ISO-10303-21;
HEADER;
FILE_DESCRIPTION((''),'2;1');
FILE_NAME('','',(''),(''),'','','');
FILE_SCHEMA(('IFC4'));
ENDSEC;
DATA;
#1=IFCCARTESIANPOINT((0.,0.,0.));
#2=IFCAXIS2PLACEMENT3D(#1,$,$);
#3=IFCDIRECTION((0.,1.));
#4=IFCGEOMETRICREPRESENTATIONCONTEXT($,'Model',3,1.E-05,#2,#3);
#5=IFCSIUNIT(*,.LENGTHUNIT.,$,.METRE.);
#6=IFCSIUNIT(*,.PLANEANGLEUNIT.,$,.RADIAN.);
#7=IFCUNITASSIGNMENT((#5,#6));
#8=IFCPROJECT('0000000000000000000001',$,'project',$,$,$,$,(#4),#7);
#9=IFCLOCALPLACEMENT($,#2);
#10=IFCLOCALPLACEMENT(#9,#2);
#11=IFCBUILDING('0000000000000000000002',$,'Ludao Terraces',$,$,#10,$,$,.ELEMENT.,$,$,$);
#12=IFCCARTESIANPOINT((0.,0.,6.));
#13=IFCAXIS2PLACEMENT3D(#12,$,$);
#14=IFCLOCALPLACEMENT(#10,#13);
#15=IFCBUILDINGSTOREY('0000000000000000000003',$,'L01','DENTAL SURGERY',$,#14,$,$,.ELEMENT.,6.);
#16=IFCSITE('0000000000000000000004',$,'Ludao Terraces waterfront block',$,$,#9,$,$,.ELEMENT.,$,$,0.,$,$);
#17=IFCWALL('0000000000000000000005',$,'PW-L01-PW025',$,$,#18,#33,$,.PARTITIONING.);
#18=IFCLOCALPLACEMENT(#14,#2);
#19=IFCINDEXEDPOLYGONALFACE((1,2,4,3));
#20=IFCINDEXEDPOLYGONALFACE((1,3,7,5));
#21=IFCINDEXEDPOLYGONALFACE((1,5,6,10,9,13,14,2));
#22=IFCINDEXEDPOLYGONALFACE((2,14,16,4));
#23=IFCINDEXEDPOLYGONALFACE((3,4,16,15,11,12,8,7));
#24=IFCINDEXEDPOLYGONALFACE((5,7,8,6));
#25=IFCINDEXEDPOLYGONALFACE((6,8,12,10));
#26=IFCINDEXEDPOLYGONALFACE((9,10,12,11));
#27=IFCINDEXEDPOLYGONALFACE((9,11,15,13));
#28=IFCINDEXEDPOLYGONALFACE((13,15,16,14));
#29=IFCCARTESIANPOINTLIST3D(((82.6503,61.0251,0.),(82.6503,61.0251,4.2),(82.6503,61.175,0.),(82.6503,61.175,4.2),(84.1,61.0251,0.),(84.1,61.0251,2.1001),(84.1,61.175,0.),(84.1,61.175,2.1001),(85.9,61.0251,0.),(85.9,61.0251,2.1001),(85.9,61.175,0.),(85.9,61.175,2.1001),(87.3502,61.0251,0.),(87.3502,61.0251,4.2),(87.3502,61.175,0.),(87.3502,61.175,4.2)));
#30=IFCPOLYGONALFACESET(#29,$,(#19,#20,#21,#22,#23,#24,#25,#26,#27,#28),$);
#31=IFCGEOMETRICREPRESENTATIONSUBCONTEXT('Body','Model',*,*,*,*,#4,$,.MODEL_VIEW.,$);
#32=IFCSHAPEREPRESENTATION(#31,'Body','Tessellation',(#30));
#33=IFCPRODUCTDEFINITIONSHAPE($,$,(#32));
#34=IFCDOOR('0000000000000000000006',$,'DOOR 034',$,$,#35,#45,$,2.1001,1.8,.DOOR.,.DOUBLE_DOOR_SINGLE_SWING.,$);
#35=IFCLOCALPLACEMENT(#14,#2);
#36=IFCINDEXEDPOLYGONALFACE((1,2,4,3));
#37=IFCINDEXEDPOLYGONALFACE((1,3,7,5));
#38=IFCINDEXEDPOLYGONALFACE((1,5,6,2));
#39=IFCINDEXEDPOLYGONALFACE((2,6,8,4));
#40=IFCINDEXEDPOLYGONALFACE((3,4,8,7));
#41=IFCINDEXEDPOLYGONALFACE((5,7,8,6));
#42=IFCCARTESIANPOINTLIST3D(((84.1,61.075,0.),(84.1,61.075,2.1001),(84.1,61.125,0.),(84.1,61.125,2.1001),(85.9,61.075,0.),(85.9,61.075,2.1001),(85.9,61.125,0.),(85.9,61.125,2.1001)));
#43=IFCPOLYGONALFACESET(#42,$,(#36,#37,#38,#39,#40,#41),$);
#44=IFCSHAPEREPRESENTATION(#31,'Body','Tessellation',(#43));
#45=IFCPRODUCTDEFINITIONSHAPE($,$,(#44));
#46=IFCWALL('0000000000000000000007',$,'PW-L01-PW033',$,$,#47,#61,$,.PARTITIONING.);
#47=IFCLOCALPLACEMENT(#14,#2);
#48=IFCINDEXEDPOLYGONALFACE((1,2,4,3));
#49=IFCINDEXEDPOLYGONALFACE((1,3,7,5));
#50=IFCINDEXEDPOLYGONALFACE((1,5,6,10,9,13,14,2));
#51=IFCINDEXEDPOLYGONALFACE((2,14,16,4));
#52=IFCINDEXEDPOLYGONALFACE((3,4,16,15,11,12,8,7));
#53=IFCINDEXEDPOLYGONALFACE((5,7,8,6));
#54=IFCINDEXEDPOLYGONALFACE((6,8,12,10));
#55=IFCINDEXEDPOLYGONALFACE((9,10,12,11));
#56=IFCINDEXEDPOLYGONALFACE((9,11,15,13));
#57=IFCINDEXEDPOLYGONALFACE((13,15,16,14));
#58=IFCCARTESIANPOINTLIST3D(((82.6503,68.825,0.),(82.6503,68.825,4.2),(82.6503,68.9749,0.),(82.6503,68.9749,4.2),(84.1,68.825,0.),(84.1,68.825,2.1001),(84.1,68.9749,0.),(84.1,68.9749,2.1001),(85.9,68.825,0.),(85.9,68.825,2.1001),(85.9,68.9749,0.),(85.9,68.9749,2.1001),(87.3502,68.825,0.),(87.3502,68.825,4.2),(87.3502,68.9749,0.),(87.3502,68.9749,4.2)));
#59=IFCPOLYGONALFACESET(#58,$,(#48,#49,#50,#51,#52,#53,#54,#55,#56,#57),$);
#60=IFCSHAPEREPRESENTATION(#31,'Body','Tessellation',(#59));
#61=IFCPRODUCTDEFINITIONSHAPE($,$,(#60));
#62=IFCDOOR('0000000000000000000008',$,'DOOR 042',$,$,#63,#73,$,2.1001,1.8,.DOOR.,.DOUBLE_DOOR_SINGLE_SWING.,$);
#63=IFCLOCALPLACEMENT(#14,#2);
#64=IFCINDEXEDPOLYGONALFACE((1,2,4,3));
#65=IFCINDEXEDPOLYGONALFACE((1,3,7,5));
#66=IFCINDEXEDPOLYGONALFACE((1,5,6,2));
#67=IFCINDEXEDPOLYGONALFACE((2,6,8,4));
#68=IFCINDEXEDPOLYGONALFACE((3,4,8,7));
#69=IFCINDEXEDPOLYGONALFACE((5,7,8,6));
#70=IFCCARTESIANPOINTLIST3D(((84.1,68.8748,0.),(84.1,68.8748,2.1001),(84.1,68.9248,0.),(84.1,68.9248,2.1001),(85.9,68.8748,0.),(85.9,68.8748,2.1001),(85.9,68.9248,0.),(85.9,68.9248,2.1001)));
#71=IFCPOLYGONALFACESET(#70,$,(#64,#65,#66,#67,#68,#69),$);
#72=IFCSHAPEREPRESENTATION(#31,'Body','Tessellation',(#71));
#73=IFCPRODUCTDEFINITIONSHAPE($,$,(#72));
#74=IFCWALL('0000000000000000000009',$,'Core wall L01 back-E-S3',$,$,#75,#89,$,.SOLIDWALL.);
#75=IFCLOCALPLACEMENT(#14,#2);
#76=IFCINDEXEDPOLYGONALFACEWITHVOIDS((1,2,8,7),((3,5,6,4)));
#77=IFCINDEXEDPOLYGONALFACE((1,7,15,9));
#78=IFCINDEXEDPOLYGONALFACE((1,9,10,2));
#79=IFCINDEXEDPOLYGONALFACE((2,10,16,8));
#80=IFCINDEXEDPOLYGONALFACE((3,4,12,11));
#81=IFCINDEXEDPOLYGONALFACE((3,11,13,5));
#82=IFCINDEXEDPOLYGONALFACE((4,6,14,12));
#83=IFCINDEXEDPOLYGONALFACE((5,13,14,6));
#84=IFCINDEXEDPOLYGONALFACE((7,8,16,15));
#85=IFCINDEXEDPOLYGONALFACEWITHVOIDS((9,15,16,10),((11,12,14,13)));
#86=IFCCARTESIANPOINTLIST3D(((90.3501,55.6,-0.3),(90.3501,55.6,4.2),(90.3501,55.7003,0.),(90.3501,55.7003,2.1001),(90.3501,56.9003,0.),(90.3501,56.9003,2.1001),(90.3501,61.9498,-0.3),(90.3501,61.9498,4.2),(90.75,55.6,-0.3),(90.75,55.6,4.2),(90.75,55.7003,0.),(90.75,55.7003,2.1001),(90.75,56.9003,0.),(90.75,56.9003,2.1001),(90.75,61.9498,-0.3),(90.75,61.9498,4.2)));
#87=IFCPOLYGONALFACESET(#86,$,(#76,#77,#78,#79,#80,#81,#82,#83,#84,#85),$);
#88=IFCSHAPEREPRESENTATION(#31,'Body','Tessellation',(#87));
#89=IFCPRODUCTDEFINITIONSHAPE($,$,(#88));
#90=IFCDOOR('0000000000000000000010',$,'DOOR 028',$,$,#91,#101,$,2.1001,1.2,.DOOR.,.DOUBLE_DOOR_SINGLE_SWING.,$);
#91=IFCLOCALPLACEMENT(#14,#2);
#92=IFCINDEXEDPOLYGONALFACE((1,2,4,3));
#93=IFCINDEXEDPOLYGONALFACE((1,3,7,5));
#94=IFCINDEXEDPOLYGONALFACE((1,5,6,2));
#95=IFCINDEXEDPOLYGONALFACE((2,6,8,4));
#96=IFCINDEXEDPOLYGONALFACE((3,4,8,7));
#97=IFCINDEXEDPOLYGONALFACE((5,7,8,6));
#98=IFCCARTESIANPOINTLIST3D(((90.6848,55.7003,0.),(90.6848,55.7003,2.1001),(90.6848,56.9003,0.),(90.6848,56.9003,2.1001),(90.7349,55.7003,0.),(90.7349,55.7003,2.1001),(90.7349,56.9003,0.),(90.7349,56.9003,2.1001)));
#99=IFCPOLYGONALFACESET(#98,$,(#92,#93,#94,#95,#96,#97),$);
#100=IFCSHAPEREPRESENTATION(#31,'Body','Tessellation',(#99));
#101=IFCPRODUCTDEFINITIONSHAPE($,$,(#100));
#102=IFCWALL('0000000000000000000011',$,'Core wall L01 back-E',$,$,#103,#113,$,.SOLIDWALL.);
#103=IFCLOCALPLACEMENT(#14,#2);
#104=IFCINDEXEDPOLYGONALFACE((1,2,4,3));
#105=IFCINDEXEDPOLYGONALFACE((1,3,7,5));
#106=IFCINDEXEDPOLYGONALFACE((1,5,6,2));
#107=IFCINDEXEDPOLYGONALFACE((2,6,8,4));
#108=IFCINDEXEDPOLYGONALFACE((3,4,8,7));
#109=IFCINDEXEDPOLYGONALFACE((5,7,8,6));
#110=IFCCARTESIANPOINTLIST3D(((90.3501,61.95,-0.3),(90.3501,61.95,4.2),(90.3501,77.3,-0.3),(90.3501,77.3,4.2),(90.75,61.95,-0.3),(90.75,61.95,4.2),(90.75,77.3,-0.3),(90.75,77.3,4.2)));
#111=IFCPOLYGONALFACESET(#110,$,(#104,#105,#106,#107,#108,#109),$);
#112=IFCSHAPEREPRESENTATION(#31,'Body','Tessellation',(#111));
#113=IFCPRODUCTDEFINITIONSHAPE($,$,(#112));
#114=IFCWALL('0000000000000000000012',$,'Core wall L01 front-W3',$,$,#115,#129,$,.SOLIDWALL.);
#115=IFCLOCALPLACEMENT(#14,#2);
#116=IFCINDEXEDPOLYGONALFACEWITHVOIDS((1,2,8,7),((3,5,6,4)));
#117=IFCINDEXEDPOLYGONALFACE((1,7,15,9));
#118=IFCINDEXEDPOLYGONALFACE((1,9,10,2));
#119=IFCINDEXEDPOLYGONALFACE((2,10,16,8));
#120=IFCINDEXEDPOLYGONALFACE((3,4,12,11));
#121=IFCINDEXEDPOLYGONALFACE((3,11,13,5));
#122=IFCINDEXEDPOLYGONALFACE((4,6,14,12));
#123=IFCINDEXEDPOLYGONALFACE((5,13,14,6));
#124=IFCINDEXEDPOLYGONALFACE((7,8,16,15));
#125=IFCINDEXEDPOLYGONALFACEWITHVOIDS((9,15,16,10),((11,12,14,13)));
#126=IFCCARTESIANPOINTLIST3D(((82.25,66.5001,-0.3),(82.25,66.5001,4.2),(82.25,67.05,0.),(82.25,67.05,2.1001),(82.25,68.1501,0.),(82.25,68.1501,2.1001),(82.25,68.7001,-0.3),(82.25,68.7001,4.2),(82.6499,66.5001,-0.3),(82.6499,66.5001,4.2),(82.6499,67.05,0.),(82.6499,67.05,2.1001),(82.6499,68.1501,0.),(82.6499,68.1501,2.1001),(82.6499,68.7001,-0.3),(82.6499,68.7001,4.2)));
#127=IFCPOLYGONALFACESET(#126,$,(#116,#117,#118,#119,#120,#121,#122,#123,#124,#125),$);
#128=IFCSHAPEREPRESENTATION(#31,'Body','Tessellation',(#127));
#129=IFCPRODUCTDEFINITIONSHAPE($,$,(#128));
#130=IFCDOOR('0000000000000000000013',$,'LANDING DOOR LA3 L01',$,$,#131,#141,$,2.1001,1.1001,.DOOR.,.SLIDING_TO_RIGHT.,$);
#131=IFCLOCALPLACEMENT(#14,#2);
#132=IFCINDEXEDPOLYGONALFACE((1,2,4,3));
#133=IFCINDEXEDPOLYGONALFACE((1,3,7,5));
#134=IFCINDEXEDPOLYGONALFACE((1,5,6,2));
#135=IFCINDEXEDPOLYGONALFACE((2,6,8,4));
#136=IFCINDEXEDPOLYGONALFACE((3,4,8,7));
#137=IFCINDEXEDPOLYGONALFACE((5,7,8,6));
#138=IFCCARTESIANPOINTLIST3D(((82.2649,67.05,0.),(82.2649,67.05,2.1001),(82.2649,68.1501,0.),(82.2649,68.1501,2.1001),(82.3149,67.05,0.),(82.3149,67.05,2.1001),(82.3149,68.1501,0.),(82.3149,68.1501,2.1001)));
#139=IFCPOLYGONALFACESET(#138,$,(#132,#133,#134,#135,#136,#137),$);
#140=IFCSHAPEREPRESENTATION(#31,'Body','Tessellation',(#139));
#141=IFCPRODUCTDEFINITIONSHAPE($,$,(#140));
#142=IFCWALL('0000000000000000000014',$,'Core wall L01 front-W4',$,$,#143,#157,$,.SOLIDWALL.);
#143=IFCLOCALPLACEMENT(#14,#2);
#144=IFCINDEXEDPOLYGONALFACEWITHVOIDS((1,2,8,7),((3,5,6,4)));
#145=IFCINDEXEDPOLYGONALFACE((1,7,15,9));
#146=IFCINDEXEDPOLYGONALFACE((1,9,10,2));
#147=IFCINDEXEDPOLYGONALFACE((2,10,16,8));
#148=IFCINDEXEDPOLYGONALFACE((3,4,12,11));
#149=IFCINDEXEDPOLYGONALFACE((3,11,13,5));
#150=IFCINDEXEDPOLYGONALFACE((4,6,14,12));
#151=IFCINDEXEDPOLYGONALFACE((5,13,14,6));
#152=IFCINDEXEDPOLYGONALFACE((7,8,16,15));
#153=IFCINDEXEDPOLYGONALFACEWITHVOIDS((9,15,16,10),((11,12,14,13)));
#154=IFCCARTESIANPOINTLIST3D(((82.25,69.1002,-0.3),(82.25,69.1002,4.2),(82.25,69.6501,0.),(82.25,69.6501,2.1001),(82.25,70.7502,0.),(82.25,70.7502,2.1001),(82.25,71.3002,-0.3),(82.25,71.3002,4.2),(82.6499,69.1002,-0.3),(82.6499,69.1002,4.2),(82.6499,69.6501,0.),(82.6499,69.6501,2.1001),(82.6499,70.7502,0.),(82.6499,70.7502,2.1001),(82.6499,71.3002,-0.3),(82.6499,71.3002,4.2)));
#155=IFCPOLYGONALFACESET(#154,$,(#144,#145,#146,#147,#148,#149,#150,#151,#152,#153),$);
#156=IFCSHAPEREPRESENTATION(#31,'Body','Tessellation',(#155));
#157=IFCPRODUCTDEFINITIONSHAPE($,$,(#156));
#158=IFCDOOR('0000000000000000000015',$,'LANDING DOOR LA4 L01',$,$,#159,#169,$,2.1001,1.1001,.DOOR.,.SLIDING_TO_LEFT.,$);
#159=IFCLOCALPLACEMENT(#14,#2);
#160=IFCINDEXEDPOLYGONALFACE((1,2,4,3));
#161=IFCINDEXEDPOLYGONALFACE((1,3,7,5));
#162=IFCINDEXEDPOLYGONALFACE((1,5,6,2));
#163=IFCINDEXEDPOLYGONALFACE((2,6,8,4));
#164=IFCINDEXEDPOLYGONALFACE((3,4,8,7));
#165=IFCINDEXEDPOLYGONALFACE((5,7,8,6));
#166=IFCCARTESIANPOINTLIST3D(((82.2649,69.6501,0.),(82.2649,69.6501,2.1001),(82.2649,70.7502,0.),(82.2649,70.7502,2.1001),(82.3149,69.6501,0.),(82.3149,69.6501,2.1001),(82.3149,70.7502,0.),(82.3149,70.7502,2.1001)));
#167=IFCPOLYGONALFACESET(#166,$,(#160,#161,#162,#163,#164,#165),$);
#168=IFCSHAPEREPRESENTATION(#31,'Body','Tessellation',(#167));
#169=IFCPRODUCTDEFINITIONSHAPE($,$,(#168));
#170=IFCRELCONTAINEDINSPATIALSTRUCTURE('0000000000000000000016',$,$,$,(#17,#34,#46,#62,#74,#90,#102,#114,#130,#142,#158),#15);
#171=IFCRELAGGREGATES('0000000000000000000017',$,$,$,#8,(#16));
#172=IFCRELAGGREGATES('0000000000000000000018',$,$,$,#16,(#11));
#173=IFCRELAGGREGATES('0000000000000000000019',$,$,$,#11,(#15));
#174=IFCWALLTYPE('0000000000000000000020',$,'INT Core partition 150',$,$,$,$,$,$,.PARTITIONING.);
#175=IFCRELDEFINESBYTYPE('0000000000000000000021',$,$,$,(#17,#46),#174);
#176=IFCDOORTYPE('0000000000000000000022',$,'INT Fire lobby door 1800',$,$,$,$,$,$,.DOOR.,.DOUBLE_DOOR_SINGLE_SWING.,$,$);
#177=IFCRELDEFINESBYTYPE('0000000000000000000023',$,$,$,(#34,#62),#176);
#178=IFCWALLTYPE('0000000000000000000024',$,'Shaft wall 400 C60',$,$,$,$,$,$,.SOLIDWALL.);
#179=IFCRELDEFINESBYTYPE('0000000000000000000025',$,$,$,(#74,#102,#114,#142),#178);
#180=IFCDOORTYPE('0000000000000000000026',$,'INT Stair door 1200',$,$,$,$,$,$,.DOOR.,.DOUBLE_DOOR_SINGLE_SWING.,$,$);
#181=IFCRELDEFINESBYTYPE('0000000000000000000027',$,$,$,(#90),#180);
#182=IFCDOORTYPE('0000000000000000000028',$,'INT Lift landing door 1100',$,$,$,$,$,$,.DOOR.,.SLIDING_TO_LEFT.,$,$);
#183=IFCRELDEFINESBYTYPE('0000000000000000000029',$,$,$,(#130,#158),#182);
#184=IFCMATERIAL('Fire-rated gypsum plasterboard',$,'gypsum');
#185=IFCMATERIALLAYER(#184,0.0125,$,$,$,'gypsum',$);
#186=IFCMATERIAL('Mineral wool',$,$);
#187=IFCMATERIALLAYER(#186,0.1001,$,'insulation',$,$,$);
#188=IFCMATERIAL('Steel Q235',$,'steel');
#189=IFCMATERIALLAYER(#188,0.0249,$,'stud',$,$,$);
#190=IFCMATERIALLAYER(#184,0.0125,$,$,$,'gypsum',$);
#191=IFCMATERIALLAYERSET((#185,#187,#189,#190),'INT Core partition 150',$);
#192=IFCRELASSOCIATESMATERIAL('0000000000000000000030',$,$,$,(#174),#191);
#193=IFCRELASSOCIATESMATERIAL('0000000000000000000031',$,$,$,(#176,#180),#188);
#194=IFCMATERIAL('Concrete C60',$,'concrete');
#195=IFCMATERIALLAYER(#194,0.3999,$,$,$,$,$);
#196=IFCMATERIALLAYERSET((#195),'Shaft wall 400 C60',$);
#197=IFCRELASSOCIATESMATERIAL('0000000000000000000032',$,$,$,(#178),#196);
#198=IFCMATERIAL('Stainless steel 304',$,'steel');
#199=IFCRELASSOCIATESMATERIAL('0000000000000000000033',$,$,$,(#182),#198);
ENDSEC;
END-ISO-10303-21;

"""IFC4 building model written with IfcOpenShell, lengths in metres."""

from ifc_helpers import new_model, si_unit, direction, frame, frame_2d, origin, place, context, subcontext, project, spatial, rectangle, extrude, material, layer, layer_set, type_object, element, fill, save


model = new_model("IFC4")

# Units and contexts
model_context = context("Model", 3, precision=1e-05, world=origin(), true_north=direction((0.0, 1.0)))
body_context = subcontext(model_context, "Body", "Model", "MODEL_VIEW")
ifc_project = project(units=[si_unit("LENGTHUNIT", "METRE"), si_unit("PLANEANGLEUNIT", "RADIAN")], contexts=[model_context])

# Site, building, storey
site_placement = place(None, origin())
site = spatial("IfcSite", under=ifc_project, at=site_placement, Name="Ludao Terraces waterfront block", CompositionType="ELEMENT", RefElevation=0.0)
building_placement = place(site_placement, origin())
building = spatial("IfcBuilding", under=site, at=building_placement, Name="Ludao Terraces", CompositionType="ELEMENT")
storey_placement = place(building_placement, frame((0.0, 0.0, 6.0)))
storey = spatial("IfcBuildingStorey", under=building, at=storey_placement, Name="L01", Description="DENTAL SURGERY", CompositionType="ELEMENT", Elevation=6.0)

# Walls, openings, doors
ifc_material_1 = material(Name="Fire-rated gypsum plasterboard", Category="gypsum")
ifc_layer_1 = layer(ifc_material_1, 0.0125, Category="gypsum")
ifc_material_2 = material(Name="Mineral wool")
ifc_layer_2 = layer(ifc_material_2, 0.1001, Name="insulation")
ifc_material_3 = material(Name="Steel Q235", Category="steel")
ifc_layer_3 = layer(ifc_material_3, 0.0249, Name="stud")
ifc_layer_4 = layer(ifc_material_1, 0.0125, Category="gypsum")
ifc_layer_set_1 = layer_set([ifc_layer_1, ifc_layer_2, ifc_layer_3, ifc_layer_4], Name="INT Core partition 150")
wall_type_1 = type_object("IfcWallType", Name="INT Core partition 150", PredefinedType="PARTITIONING", material=ifc_layer_set_1)
wall_1_placement = place(storey_placement, frame((82.6501, 61.1001, 0.0), z_axis=(0.0, 0.0, 1.0), x_axis=(1.0, 0.0, 0.0)))
wall_1 = element("IfcWall", 1, at=wall_1_placement, inside=storey, type_object=wall_type_1, Name="PW-L01-PW025", PredefinedType="PARTITIONING", context=body_context, shape_type="SweptSolid", body=[
    extrude(rectangle(XDim=4.7, YDim=0.1499, at=frame_2d((2.3501, 0.0))), origin(), (0.0, 0.0, 1.0), 4.2),
])
opening_1_placement = place(wall_1_placement, frame((1.45, 0.0, 0.0)))
opening_1 = element("IfcOpeningElement", 2, at=opening_1_placement, cuts=wall_1, PredefinedType="OPENING", context=body_context, shape_type="SweptSolid", body=[
    extrude(rectangle(XDim=1.8, YDim=2.1001, at=frame_2d((0.8999, 1.05))), frame((0.0, 0.085, 0.0), z_axis=(0.0, -1.0, 0.0), x_axis=(1.0, 0.0, 0.0)), (0.0, 0.0, 1.0), 0.1699),
])
door_type_1 = type_object("IfcDoorType", Name="INT Fire lobby door 1800", OperationType="DOUBLE_DOOR_SINGLE_SWING", PredefinedType="DOOR", material=ifc_material_3)
door_1_placement = place(opening_1_placement, origin())
door_1 = element("IfcDoor", 3, at=door_1_placement, inside=storey, type_object=door_type_1, Name="DOOR 034", OperationType="DOUBLE_DOOR_SINGLE_SWING", OverallHeight=2.1001, OverallWidth=1.8, PredefinedType="DOOR", context=body_context, shape_type="SweptSolid", body=[
    extrude(rectangle(XDim=1.8, YDim=2.1001, at=frame_2d((0.8999, 1.05))), frame((0.0, 0.0249, 0.0), z_axis=(0.0, -1.0, 0.0), x_axis=(1.0, 0.0, 0.0)), (0.0, 0.0, 1.0), 0.05),
])
fill(opening_1, door_1)
wall_2_placement = place(storey_placement, frame((82.6501, 68.8999, 0.0), z_axis=(0.0, 0.0, 1.0), x_axis=(1.0, 0.0, 0.0)))
wall_2 = element("IfcWall", 4, at=wall_2_placement, inside=storey, type_object=wall_type_1, Name="PW-L01-PW033", PredefinedType="PARTITIONING", context=body_context, shape_type="SweptSolid", body=[
    extrude(rectangle(XDim=4.7, YDim=0.1499, at=frame_2d((2.3501, 0.0))), origin(), (0.0, 0.0, 1.0), 4.2),
])
opening_2_placement = place(wall_2_placement, frame((1.45, 0.0, 0.0)))
opening_2 = element("IfcOpeningElement", 5, at=opening_2_placement, cuts=wall_2, PredefinedType="OPENING", context=body_context, shape_type="SweptSolid", body=[
    extrude(rectangle(XDim=1.8, YDim=2.1001, at=frame_2d((0.8999, 1.05))), frame((0.0, 0.085, 0.0), z_axis=(0.0, -1.0, 0.0), x_axis=(1.0, 0.0, 0.0)), (0.0, 0.0, 1.0), 0.1699),
])
door_2_placement = place(opening_2_placement, origin())
door_2 = element("IfcDoor", 6, at=door_2_placement, inside=storey, type_object=door_type_1, Name="DOOR 042", OperationType="DOUBLE_DOOR_SINGLE_SWING", OverallHeight=2.1001, OverallWidth=1.8, PredefinedType="DOOR", context=body_context, shape_type="SweptSolid", body=[
    extrude(rectangle(XDim=1.8, YDim=2.1001, at=frame_2d((0.8999, 1.05))), frame((0.0, 0.0249, 0.0), z_axis=(0.0, -1.0, 0.0), x_axis=(1.0, 0.0, 0.0)), (0.0, 0.0, 1.0), 0.05),
])
fill(opening_2, door_2)
ifc_material_4 = material(Name="Concrete C60", Category="concrete")
ifc_layer_5 = layer(ifc_material_4, 0.3999)
ifc_layer_set_2 = layer_set([ifc_layer_5], Name="Shaft wall 400 C60")
wall_type_2 = type_object("IfcWallType", Name="Shaft wall 400 C60", PredefinedType="SOLIDWALL", material=ifc_layer_set_2)
wall_3_placement = place(storey_placement, frame((90.55, 55.6001, -0.3), z_axis=(0.0, 0.0, 1.0), x_axis=(0.0, 1.0, 0.0)))
wall_3 = element("IfcWall", 7, at=wall_3_placement, inside=storey, type_object=wall_type_2, Name="Core wall L01 back-E-S3", PredefinedType="SOLIDWALL", context=body_context, shape_type="SweptSolid", body=[
    extrude(rectangle(XDim=6.3499, YDim=0.3999, at=frame_2d((3.1748, 0.0))), origin(), (0.0, 0.0, 1.0), 4.5),
])
opening_3_placement = place(wall_3_placement, frame((0.1001, 0.0, 0.3)))
opening_3 = element("IfcOpeningElement", 8, at=opening_3_placement, cuts=wall_3, PredefinedType="OPENING", context=body_context, shape_type="SweptSolid", body=[
    extrude(rectangle(XDim=1.2, YDim=2.1001, at=frame_2d((0.6001, 1.05))), frame((0.0, 0.21, 0.0), z_axis=(0.0, -1.0, 0.0), x_axis=(1.0, 0.0, 0.0)), (0.0, 0.0, 1.0), 0.4199),
])
door_type_2 = type_object("IfcDoorType", Name="INT Stair door 1200", OperationType="DOUBLE_DOOR_SINGLE_SWING", PredefinedType="DOOR", material=ifc_material_3)
door_3_placement = place(opening_3_placement, origin())
door_3 = element("IfcDoor", 9, at=door_3_placement, inside=storey, type_object=door_type_2, Name="DOOR 028", OperationType="DOUBLE_DOOR_SINGLE_SWING", OverallHeight=2.1001, OverallWidth=1.2, PredefinedType="DOOR", context=body_context, shape_type="SweptSolid", body=[
    extrude(rectangle(XDim=1.2, YDim=2.1001, at=frame_2d((0.6001, 1.05))), frame((0.0, -0.1348, 0.0), z_axis=(0.0, -1.0, 0.0), x_axis=(1.0, 0.0, 0.0)), (0.0, 0.0, 1.0), 0.05),
])
fill(opening_3, door_3)

# Wall
wall_4_placement = place(storey_placement, frame((90.55, 61.95, -0.3), z_axis=(0.0, 0.0, 1.0), x_axis=(0.0, 1.0, 0.0)))
element("IfcWall", 10, at=wall_4_placement, inside=storey, type_object=wall_type_2, Name="Core wall L01 back-E", PredefinedType="SOLIDWALL", context=body_context, shape_type="SweptSolid", body=[
    extrude(rectangle(XDim=15.3501, YDim=0.3999, at=frame_2d((7.675, 0.0))), origin(), (0.0, 0.0, 1.0), 4.5),
])

# Walls, openings, doors
wall_5_placement = place(storey_placement, frame((82.45, 66.5, -0.3), z_axis=(0.0, 0.0, 1.0), x_axis=(0.0, 1.0, 0.0)))
wall_5 = element("IfcWall", 11, at=wall_5_placement, inside=storey, type_object=wall_type_2, Name="Core wall L01 front-W3", PredefinedType="SOLIDWALL", context=body_context, shape_type="SweptSolid", body=[
    extrude(rectangle(XDim=2.2, YDim=0.3999, at=frame_2d((1.1001, 0.0))), origin(), (0.0, 0.0, 1.0), 4.5),
])
opening_4_placement = place(wall_5_placement, frame((0.55, 0.0, 0.3)))
opening_4 = element("IfcOpeningElement", 12, at=opening_4_placement, cuts=wall_5, PredefinedType="OPENING", context=body_context, shape_type="SweptSolid", body=[
    extrude(rectangle(XDim=1.1001, YDim=2.1001, at=frame_2d((0.55, 1.05))), frame((0.0, 0.21, 0.0), z_axis=(0.0, -1.0, 0.0), x_axis=(1.0, 0.0, 0.0)), (0.0, 0.0, 1.0), 0.4199),
])
ifc_material_5 = material(Name="Stainless steel 304", Category="steel")
door_type_3 = type_object("IfcDoorType", Name="INT Lift landing door 1100", OperationType="SLIDING_TO_LEFT", PredefinedType="DOOR", material=ifc_material_5)
door_4_placement = place(opening_4_placement, origin())
door_4 = element("IfcDoor", 13, at=door_4_placement, inside=storey, type_object=door_type_3, Name="LANDING DOOR LA3 L01", OperationType="SLIDING_TO_RIGHT", OverallHeight=2.1001, OverallWidth=1.1001, PredefinedType="DOOR", context=body_context, shape_type="SweptSolid", body=[
    extrude(rectangle(XDim=1.1001, YDim=2.1001, at=frame_2d((0.55, 1.05))), frame((0.0, 0.1851, 0.0), z_axis=(0.0, -1.0, 0.0), x_axis=(1.0, 0.0, 0.0)), (0.0, 0.0, 1.0), 0.05),
])
fill(opening_4, door_4)
wall_6_placement = place(storey_placement, frame((82.45, 69.1001, -0.3), z_axis=(0.0, 0.0, 1.0), x_axis=(0.0, 1.0, 0.0)))
wall_6 = element("IfcWall", 14, at=wall_6_placement, inside=storey, type_object=wall_type_2, Name="Core wall L01 front-W4", PredefinedType="SOLIDWALL", context=body_context, shape_type="SweptSolid", body=[
    extrude(rectangle(XDim=2.2, YDim=0.3999, at=frame_2d((1.1001, 0.0))), origin(), (0.0, 0.0, 1.0), 4.5),
])
opening_5_placement = place(wall_6_placement, frame((0.55, 0.0, 0.3)))
opening_5 = element("IfcOpeningElement", 15, at=opening_5_placement, cuts=wall_6, PredefinedType="OPENING", context=body_context, shape_type="SweptSolid", body=[
    extrude(rectangle(XDim=1.1001, YDim=2.1001, at=frame_2d((0.55, 1.05))), frame((0.0, 0.21, 0.0), z_axis=(0.0, -1.0, 0.0), x_axis=(1.0, 0.0, 0.0)), (0.0, 0.0, 1.0), 0.4199),
])
door_5_placement = place(opening_5_placement, origin())
door_5 = element("IfcDoor", 16, at=door_5_placement, inside=storey, type_object=door_type_3, Name="LANDING DOOR LA4 L01", OperationType="SLIDING_TO_LEFT", OverallHeight=2.1001, OverallWidth=1.1001, PredefinedType="DOOR", context=body_context, shape_type="SweptSolid", body=[
    extrude(rectangle(XDim=1.1001, YDim=2.1001, at=frame_2d((0.55, 1.05))), frame((0.0, 0.1851, 0.0), z_axis=(0.0, -1.0, 0.0), x_axis=(1.0, 0.0, 0.0)), (0.0, 0.0, 1.0), 0.05),
])
fill(opening_5, door_5)

save(model, "model.ifc")
